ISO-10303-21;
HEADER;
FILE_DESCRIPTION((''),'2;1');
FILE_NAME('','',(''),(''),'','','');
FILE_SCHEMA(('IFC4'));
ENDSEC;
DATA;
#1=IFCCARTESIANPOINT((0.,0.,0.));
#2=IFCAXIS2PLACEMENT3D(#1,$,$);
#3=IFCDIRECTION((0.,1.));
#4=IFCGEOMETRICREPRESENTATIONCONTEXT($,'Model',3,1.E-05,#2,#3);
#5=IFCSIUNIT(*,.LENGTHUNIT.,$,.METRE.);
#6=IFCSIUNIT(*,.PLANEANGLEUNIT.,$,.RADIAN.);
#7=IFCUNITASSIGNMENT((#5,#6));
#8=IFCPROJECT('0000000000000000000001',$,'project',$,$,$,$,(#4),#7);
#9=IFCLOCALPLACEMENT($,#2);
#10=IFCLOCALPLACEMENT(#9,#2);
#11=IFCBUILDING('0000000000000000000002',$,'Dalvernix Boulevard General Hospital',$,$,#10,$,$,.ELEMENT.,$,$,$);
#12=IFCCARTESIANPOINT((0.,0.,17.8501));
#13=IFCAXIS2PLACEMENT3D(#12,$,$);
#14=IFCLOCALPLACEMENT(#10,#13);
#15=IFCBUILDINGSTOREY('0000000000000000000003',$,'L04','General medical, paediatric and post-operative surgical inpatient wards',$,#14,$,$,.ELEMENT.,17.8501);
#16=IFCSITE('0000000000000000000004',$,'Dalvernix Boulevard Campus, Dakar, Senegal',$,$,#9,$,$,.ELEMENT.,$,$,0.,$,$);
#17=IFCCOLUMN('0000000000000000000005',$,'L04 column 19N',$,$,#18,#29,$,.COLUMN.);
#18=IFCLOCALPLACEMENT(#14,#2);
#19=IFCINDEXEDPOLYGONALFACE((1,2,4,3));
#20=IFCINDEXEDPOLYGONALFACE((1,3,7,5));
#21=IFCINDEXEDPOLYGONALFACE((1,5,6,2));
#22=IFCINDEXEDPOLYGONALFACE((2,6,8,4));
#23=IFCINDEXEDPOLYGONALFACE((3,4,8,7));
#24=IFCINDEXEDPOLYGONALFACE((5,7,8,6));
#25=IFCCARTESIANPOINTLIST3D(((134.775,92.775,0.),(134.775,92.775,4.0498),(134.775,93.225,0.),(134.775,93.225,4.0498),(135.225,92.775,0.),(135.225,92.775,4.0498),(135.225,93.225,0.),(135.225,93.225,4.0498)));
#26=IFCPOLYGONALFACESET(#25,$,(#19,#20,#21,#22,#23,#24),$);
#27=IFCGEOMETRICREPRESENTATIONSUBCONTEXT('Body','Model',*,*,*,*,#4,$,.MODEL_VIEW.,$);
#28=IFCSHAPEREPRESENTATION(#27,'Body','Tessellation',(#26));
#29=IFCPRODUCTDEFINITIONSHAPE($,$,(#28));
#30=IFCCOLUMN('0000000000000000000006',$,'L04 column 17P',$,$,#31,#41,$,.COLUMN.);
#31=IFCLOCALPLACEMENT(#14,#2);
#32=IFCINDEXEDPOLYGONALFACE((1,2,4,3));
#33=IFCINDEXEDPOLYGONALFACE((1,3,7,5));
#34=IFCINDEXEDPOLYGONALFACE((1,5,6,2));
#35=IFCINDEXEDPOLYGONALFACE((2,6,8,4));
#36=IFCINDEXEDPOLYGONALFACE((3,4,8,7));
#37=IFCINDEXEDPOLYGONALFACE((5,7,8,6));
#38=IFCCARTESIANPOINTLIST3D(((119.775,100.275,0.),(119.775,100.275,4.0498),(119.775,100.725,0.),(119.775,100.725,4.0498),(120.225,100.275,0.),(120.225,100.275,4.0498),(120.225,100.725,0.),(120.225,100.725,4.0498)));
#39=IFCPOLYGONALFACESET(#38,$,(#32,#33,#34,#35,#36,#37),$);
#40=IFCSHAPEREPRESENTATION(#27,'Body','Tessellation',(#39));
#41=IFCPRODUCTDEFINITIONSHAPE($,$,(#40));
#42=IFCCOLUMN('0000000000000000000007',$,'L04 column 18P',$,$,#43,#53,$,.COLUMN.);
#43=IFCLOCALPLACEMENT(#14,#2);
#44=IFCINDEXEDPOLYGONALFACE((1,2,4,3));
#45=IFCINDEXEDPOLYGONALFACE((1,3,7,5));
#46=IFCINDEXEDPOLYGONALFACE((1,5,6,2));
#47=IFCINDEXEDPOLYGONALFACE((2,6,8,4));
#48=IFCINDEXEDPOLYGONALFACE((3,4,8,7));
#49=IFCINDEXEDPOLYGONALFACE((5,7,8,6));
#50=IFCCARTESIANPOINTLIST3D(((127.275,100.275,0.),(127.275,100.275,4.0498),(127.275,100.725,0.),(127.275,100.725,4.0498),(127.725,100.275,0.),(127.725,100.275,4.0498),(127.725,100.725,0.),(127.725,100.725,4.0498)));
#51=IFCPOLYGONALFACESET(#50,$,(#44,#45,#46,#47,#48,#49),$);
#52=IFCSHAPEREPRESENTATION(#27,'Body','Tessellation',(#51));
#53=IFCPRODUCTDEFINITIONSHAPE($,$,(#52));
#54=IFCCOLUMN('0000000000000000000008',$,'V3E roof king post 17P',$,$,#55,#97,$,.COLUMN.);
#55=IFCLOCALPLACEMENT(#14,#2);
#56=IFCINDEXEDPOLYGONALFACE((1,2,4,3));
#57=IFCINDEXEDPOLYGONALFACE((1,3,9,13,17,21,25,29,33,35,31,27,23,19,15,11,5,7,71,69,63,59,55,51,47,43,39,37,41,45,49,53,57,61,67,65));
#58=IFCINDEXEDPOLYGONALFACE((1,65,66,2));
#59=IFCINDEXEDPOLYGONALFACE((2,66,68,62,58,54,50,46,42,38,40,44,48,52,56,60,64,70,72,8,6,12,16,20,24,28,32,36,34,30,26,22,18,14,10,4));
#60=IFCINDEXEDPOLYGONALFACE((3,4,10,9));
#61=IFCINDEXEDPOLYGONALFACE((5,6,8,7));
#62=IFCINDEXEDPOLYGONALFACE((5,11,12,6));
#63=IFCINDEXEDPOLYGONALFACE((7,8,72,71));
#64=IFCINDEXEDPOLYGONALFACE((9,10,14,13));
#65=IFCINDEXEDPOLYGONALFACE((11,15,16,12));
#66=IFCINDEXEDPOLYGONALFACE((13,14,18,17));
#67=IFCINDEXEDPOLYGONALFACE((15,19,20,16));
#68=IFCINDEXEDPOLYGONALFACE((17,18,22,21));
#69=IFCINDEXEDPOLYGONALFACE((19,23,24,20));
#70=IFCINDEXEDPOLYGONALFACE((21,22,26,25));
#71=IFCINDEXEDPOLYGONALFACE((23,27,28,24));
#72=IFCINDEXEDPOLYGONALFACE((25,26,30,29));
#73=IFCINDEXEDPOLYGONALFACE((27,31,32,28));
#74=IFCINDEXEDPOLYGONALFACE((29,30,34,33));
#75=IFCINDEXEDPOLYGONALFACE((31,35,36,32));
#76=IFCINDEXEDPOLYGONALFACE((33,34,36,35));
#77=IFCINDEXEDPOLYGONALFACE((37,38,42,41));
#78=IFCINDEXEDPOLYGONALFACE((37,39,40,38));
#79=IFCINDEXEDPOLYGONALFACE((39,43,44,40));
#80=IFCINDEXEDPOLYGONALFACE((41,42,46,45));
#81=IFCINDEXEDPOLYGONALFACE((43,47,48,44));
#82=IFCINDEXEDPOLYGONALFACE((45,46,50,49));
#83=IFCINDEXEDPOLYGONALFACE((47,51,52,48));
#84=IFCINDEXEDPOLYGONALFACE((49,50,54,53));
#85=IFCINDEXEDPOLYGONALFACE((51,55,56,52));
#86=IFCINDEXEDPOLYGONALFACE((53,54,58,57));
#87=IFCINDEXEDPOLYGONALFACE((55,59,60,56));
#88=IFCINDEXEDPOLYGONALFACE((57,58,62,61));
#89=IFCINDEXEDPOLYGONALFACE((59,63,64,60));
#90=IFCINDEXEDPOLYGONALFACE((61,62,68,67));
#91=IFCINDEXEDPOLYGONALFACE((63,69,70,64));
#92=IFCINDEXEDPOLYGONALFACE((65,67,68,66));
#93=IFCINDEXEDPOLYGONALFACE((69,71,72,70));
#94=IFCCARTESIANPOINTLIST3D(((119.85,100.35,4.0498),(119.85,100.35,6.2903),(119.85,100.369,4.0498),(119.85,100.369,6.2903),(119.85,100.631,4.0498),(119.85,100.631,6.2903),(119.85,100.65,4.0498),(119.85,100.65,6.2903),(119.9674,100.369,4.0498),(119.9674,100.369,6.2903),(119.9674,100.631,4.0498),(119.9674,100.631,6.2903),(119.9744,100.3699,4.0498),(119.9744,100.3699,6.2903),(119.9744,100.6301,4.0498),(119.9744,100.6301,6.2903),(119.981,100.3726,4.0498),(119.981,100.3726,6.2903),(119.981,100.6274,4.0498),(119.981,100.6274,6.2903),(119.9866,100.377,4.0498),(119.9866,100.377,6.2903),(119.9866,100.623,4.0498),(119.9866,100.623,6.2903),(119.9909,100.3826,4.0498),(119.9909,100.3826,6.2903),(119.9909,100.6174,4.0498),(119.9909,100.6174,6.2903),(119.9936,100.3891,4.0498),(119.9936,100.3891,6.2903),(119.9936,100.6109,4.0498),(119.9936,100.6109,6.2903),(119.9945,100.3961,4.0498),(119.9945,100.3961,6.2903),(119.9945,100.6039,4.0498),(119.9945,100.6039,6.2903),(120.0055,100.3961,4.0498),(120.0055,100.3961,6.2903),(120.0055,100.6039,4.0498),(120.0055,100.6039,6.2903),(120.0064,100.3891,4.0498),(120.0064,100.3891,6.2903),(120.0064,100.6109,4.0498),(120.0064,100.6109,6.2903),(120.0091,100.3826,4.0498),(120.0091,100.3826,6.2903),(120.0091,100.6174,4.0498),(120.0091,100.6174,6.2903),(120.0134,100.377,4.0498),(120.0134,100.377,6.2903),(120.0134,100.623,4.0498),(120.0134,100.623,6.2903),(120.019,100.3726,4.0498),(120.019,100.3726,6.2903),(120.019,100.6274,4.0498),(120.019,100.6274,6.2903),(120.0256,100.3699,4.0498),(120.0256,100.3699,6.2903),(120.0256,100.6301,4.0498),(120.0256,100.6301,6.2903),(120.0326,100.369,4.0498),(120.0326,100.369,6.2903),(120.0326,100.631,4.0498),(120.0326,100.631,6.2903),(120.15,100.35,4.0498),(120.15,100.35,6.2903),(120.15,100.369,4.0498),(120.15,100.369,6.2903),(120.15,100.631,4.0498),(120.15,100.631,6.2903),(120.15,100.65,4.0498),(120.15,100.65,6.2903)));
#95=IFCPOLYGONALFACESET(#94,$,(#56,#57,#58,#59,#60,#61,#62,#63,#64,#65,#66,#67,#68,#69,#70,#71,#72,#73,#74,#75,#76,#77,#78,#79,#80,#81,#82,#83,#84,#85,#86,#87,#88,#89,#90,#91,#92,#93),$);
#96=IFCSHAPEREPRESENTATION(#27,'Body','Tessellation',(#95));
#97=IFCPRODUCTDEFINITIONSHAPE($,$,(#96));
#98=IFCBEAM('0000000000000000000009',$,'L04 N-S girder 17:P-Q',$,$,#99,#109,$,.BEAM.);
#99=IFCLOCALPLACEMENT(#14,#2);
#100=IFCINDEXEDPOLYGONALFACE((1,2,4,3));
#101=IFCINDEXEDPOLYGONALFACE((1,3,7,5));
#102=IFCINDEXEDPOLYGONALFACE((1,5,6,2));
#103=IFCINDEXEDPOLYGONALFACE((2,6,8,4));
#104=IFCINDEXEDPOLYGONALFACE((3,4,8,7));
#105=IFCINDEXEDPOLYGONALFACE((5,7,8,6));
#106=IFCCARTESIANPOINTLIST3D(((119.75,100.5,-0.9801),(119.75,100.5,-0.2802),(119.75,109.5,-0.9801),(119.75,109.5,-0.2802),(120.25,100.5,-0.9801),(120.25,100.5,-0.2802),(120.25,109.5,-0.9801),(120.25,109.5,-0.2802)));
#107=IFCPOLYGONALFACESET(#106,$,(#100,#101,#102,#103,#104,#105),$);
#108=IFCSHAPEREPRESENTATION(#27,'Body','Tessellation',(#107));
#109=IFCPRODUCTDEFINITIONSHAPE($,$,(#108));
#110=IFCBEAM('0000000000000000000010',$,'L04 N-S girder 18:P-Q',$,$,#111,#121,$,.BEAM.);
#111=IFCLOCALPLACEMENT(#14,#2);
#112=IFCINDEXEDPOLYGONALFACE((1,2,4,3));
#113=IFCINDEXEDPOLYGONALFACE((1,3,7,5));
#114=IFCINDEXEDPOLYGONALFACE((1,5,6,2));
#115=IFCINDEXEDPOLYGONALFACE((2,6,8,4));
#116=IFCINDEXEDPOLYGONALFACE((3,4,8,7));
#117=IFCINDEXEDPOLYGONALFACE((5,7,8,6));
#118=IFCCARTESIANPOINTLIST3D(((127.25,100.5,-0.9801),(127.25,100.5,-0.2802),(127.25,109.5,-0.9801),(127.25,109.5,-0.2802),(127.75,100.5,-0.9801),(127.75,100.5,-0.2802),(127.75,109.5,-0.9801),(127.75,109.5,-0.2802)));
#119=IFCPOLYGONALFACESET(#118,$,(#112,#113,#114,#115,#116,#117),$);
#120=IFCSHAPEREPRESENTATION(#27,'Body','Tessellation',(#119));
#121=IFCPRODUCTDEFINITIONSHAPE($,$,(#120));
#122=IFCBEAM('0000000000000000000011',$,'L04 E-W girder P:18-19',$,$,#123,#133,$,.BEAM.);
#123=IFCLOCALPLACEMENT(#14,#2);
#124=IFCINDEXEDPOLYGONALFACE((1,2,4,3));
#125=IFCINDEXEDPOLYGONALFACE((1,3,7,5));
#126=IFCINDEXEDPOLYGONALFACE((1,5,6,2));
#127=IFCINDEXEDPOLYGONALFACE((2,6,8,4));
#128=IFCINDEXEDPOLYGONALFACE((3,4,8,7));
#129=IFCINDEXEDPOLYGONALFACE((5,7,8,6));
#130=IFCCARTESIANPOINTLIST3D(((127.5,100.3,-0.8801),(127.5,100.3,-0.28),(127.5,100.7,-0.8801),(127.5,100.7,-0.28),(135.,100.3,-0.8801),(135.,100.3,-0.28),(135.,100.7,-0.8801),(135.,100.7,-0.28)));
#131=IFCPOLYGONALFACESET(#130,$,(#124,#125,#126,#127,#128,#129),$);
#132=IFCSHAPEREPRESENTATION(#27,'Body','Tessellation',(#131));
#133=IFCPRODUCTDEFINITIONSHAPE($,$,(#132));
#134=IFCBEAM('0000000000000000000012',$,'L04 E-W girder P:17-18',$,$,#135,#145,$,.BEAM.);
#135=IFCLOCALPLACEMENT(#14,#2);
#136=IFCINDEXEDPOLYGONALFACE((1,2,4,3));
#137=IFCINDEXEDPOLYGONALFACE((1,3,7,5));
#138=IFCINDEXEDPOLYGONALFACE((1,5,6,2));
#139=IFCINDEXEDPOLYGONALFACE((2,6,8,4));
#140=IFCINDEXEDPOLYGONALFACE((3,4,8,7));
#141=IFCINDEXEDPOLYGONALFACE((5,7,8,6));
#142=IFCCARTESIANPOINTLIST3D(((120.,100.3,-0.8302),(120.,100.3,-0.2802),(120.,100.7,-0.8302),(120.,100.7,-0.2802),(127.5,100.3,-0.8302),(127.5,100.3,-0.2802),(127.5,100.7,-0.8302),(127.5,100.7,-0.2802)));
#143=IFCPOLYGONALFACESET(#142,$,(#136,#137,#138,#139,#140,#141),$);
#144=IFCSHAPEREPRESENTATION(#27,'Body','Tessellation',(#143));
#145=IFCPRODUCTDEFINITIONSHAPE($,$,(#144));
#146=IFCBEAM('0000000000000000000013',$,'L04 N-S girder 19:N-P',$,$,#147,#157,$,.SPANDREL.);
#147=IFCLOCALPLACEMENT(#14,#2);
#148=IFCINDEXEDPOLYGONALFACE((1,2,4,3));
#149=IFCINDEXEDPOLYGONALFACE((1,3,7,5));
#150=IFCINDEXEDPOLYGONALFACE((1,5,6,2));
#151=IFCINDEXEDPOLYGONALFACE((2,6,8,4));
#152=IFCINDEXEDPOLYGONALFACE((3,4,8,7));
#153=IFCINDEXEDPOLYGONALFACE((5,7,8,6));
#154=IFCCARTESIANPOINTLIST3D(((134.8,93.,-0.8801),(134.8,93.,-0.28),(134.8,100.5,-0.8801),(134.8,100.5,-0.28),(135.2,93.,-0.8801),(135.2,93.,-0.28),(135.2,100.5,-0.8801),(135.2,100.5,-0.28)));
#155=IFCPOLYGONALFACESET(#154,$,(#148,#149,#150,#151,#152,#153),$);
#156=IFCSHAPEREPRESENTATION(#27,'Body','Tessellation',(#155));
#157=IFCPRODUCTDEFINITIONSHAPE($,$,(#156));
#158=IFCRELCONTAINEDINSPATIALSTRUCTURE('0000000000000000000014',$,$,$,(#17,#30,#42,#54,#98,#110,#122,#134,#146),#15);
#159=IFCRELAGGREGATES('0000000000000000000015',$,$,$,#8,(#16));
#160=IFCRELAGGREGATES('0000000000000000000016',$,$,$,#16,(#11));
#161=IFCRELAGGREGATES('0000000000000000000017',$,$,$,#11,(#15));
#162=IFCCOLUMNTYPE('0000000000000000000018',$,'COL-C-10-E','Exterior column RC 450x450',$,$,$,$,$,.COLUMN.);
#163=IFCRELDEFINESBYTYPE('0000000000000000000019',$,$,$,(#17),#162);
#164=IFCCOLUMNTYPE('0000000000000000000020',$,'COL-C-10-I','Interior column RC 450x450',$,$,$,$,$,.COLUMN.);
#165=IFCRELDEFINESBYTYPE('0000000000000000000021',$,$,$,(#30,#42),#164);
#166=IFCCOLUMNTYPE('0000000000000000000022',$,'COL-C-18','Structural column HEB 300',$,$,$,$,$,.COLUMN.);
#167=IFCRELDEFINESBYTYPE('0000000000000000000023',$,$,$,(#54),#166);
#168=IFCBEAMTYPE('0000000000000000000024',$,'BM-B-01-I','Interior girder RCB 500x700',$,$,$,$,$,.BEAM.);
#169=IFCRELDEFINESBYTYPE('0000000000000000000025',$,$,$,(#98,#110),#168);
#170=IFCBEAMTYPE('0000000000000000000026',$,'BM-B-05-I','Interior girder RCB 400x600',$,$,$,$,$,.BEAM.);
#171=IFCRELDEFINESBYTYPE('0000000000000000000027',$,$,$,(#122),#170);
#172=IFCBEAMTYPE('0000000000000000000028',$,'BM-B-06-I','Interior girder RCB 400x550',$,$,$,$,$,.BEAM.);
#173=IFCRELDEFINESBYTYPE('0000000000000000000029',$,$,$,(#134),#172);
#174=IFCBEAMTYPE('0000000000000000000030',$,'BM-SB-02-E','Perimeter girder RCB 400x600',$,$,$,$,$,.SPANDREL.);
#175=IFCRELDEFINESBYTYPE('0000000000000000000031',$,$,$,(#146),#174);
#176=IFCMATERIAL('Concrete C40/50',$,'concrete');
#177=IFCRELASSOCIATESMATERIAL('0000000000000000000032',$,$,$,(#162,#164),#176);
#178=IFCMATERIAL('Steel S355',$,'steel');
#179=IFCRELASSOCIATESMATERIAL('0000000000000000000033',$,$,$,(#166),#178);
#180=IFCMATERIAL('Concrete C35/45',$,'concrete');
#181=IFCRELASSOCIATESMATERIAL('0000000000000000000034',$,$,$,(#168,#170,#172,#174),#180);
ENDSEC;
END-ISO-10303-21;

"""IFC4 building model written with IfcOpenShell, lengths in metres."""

from ifc_helpers import new_model, si_unit, direction, frame, origin, origin_2d, place, context, subcontext, project, spatial, rectangle, i_section, extrude, material, material_profile, profile_set, type_object, element, save


model = new_model("IFC4")

# Units and contexts
model_context = context("Model", 3, precision=1e-05, world=origin(), true_north=direction((0.0, 1.0)))
body_context = subcontext(model_context, "Body", "Model", "MODEL_VIEW")
ifc_project = project(units=[si_unit("LENGTHUNIT", "METRE"), si_unit("PLANEANGLEUNIT", "RADIAN")], contexts=[model_context])

# Site, building, storey
site_placement = place(None, origin())
site = spatial("IfcSite", under=ifc_project, at=site_placement, Name="Dalvernix Boulevard Campus, Dakar, Senegal", CompositionType="ELEMENT", RefElevation=0.0)
building_placement = place(site_placement, origin())
building = spatial("IfcBuilding", under=site, at=building_placement, Name="Dalvernix Boulevard General Hospital", CompositionType="ELEMENT")
storey_placement = place(building_placement, frame((0.0, 0.0, 17.8501)))
storey = spatial("IfcBuildingStorey", under=building, at=storey_placement, Name="L04", Description="General medical, paediatric and post-operative surgical inpatient wards", CompositionType="ELEMENT", Elevation=17.8501)

# Columns
ifc_material_1 = material(Name="Concrete C40/50", Category="concrete")
ifc_material_profile_1 = material_profile(ifc_material_1, rectangle(XDim=0.45, YDim=0.45, at=origin_2d()), Name="RC 450x450")
ifc_profile_set_1 = profile_set([ifc_material_profile_1], Name="Concrete C40/50")
column_type_1 = type_object("IfcColumnType", Name="COL-C-10-E", Description="Exterior column RC 450x450", PredefinedType="COLUMN", material=ifc_profile_set_1)
column_1_placement = place(storey_placement, frame((135.0, 93.0, 0.0), z_axis=(0.0, 0.0, 1.0), x_axis=(1.0, 0.0, 0.0)))
element("IfcColumn", 1, at=column_1_placement, inside=storey, type_object=column_type_1, Name="L04 column 19N", PredefinedType="COLUMN", context=body_context, shape_type="SweptSolid", body=[
    extrude(rectangle(XDim=0.45, YDim=0.45, at=origin_2d()), origin(), (0.0, 0.0, 1.0), 4.0498),
])
ifc_material_profile_2 = material_profile(ifc_material_1, rectangle(XDim=0.45, YDim=0.45, at=origin_2d()), Name="RC 450x450")
ifc_profile_set_2 = profile_set([ifc_material_profile_2], Name="Concrete C40/50")
column_type_2 = type_object("IfcColumnType", Name="COL-C-10-I", Description="Interior column RC 450x450", PredefinedType="COLUMN", material=ifc_profile_set_2)
for number, where, z_axis, x_axis, name in (
    (2, (120.0, 100.5, 0.0), (0.0, 0.0, 1.0), (1.0, 0.0, 0.0), "L04 column 17P"),
    (3, (127.5, 100.5, 0.0), (0.0, 0.0, 1.0), (1.0, 0.0, 0.0), "L04 column 18P"),
):
    element("IfcColumn", number, at=place(storey_placement, frame(where, z_axis=z_axis, x_axis=x_axis)), inside=storey, type_object=column_type_2, Name=name, PredefinedType="COLUMN", context=body_context, shape_type="SweptSolid", body=[
        extrude(rectangle(XDim=0.45, YDim=0.45, at=origin_2d()), origin(), (0.0, 0.0, 1.0), 4.0498),
    ])
ifc_material_2 = material(Name="Steel S355", Category="steel")
ifc_material_profile_3 = material_profile(ifc_material_2, i_section(OverallWidth=0.3, OverallDepth=0.3, WebThickness=0.011, FlangeThickness=0.019, FilletRadius=0.0271, at=origin_2d()), Name="HEB 300")
ifc_profile_set_3 = profile_set([ifc_material_profile_3], Name="Steel S355")
column_type_3 = type_object("IfcColumnType", Name="COL-C-18", Description="Structural column HEB 300", PredefinedType="COLUMN", material=ifc_profile_set_3)
column_2_placement = place(storey_placement, frame((120.0, 100.5, 4.0498), z_axis=(0.0, 0.0, 1.0), x_axis=(1.0, 0.0, 0.0)))
element("IfcColumn", 4, at=column_2_placement, inside=storey, type_object=column_type_3, Name="V3E roof king post 17P", PredefinedType="COLUMN", context=body_context, shape_type="SweptSolid", body=[
    extrude(i_section(OverallWidth=0.3, OverallDepth=0.3, WebThickness=0.011, FlangeThickness=0.019, FilletRadius=0.0271, at=origin_2d()), origin(), (0.0, 0.0, 1.0), 2.2405),
])

# Beams
ifc_material_3 = material(Name="Concrete C35/45", Category="concrete")
ifc_material_profile_4 = material_profile(ifc_material_3, rectangle(XDim=0.5, YDim=0.7, at=origin_2d()), Name="RCB 500x700")
ifc_profile_set_4 = profile_set([ifc_material_profile_4], Name="Concrete C35/45")
beam_type_1 = type_object("IfcBeamType", Name="BM-B-01-I", Description="Interior girder RCB 500x700", PredefinedType="BEAM", material=ifc_profile_set_4)
for number, where, z_axis, x_axis, name in (
    (5, (120.0, 100.5, -0.6301), (0.0, 1.0, 0.0), (-1.0, 0.0, 0.0), "L04 N-S girder 17:P-Q"),
    (6, (127.5, 100.5, -0.6301), (0.0, 1.0, 0.0), (-1.0, 0.0, 0.0), "L04 N-S girder 18:P-Q"),
):
    element("IfcBeam", number, at=place(storey_placement, frame(where, z_axis=z_axis, x_axis=x_axis)), inside=storey, type_object=beam_type_1, Name=name, PredefinedType="BEAM", context=body_context, shape_type="SweptSolid", body=[
        extrude(rectangle(XDim=0.5, YDim=0.7, at=origin_2d()), origin(), (0.0, 0.0, 1.0), 9.0),
    ])
ifc_material_profile_5 = material_profile(ifc_material_3, rectangle(XDim=0.3999, YDim=0.6001, at=origin_2d()), Name="RCB 400x600")
ifc_profile_set_5 = profile_set([ifc_material_profile_5], Name="Concrete C35/45")
beam_type_2 = type_object("IfcBeamType", Name="BM-B-05-I", Description="Interior girder RCB 400x600", PredefinedType="BEAM", material=ifc_profile_set_5)
beam_1_placement = place(storey_placement, frame((127.5, 100.5, -0.5801), z_axis=(1.0, 0.0, 0.0), x_axis=(0.0, 1.0, 0.0)))
element("IfcBeam", 7, at=beam_1_placement, inside=storey, type_object=beam_type_2, Name="L04 E-W girder P:18-19", PredefinedType="BEAM", context=body_context, shape_type="SweptSolid", body=[
    extrude(rectangle(XDim=0.3999, YDim=0.6001, at=origin_2d()), origin(), (0.0, 0.0, 1.0), 7.5),
])
ifc_material_profile_6 = material_profile(ifc_material_3, rectangle(XDim=0.3999, YDim=0.55, at=origin_2d()), Name="RCB 400x550")
ifc_profile_set_6 = profile_set([ifc_material_profile_6], Name="Concrete C35/45")
beam_type_3 = type_object("IfcBeamType", Name="BM-B-06-I", Description="Interior girder RCB 400x550", PredefinedType="BEAM", material=ifc_profile_set_6)
beam_2_placement = place(storey_placement, frame((120.0, 100.5, -0.5552), z_axis=(1.0, 0.0, 0.0), x_axis=(0.0, 1.0, 0.0)))
element("IfcBeam", 8, at=beam_2_placement, inside=storey, type_object=beam_type_3, Name="L04 E-W girder P:17-18", PredefinedType="BEAM", context=body_context, shape_type="SweptSolid", body=[
    extrude(rectangle(XDim=0.3999, YDim=0.55, at=origin_2d()), origin(), (0.0, 0.0, 1.0), 7.5),
])
ifc_material_profile_7 = material_profile(ifc_material_3, rectangle(XDim=0.3999, YDim=0.6001, at=origin_2d()), Name="RCB 400x600")
ifc_profile_set_7 = profile_set([ifc_material_profile_7], Name="Concrete C35/45")
beam_type_4 = type_object("IfcBeamType", Name="BM-SB-02-E", Description="Perimeter girder RCB 400x600", PredefinedType="SPANDREL", material=ifc_profile_set_7)
beam_3_placement = place(storey_placement, frame((135.0, 93.0, -0.5801), z_axis=(0.0, 1.0, 0.0), x_axis=(-1.0, 0.0, 0.0)))
element("IfcBeam", 9, at=beam_3_placement, inside=storey, type_object=beam_type_4, Name="L04 N-S girder 19:N-P", PredefinedType="SPANDREL", context=body_context, shape_type="SweptSolid", body=[
    extrude(rectangle(XDim=0.3999, YDim=0.6001, at=origin_2d()), origin(), (0.0, 0.0, 1.0), 7.5),
])

save(model, "model.ifc")
